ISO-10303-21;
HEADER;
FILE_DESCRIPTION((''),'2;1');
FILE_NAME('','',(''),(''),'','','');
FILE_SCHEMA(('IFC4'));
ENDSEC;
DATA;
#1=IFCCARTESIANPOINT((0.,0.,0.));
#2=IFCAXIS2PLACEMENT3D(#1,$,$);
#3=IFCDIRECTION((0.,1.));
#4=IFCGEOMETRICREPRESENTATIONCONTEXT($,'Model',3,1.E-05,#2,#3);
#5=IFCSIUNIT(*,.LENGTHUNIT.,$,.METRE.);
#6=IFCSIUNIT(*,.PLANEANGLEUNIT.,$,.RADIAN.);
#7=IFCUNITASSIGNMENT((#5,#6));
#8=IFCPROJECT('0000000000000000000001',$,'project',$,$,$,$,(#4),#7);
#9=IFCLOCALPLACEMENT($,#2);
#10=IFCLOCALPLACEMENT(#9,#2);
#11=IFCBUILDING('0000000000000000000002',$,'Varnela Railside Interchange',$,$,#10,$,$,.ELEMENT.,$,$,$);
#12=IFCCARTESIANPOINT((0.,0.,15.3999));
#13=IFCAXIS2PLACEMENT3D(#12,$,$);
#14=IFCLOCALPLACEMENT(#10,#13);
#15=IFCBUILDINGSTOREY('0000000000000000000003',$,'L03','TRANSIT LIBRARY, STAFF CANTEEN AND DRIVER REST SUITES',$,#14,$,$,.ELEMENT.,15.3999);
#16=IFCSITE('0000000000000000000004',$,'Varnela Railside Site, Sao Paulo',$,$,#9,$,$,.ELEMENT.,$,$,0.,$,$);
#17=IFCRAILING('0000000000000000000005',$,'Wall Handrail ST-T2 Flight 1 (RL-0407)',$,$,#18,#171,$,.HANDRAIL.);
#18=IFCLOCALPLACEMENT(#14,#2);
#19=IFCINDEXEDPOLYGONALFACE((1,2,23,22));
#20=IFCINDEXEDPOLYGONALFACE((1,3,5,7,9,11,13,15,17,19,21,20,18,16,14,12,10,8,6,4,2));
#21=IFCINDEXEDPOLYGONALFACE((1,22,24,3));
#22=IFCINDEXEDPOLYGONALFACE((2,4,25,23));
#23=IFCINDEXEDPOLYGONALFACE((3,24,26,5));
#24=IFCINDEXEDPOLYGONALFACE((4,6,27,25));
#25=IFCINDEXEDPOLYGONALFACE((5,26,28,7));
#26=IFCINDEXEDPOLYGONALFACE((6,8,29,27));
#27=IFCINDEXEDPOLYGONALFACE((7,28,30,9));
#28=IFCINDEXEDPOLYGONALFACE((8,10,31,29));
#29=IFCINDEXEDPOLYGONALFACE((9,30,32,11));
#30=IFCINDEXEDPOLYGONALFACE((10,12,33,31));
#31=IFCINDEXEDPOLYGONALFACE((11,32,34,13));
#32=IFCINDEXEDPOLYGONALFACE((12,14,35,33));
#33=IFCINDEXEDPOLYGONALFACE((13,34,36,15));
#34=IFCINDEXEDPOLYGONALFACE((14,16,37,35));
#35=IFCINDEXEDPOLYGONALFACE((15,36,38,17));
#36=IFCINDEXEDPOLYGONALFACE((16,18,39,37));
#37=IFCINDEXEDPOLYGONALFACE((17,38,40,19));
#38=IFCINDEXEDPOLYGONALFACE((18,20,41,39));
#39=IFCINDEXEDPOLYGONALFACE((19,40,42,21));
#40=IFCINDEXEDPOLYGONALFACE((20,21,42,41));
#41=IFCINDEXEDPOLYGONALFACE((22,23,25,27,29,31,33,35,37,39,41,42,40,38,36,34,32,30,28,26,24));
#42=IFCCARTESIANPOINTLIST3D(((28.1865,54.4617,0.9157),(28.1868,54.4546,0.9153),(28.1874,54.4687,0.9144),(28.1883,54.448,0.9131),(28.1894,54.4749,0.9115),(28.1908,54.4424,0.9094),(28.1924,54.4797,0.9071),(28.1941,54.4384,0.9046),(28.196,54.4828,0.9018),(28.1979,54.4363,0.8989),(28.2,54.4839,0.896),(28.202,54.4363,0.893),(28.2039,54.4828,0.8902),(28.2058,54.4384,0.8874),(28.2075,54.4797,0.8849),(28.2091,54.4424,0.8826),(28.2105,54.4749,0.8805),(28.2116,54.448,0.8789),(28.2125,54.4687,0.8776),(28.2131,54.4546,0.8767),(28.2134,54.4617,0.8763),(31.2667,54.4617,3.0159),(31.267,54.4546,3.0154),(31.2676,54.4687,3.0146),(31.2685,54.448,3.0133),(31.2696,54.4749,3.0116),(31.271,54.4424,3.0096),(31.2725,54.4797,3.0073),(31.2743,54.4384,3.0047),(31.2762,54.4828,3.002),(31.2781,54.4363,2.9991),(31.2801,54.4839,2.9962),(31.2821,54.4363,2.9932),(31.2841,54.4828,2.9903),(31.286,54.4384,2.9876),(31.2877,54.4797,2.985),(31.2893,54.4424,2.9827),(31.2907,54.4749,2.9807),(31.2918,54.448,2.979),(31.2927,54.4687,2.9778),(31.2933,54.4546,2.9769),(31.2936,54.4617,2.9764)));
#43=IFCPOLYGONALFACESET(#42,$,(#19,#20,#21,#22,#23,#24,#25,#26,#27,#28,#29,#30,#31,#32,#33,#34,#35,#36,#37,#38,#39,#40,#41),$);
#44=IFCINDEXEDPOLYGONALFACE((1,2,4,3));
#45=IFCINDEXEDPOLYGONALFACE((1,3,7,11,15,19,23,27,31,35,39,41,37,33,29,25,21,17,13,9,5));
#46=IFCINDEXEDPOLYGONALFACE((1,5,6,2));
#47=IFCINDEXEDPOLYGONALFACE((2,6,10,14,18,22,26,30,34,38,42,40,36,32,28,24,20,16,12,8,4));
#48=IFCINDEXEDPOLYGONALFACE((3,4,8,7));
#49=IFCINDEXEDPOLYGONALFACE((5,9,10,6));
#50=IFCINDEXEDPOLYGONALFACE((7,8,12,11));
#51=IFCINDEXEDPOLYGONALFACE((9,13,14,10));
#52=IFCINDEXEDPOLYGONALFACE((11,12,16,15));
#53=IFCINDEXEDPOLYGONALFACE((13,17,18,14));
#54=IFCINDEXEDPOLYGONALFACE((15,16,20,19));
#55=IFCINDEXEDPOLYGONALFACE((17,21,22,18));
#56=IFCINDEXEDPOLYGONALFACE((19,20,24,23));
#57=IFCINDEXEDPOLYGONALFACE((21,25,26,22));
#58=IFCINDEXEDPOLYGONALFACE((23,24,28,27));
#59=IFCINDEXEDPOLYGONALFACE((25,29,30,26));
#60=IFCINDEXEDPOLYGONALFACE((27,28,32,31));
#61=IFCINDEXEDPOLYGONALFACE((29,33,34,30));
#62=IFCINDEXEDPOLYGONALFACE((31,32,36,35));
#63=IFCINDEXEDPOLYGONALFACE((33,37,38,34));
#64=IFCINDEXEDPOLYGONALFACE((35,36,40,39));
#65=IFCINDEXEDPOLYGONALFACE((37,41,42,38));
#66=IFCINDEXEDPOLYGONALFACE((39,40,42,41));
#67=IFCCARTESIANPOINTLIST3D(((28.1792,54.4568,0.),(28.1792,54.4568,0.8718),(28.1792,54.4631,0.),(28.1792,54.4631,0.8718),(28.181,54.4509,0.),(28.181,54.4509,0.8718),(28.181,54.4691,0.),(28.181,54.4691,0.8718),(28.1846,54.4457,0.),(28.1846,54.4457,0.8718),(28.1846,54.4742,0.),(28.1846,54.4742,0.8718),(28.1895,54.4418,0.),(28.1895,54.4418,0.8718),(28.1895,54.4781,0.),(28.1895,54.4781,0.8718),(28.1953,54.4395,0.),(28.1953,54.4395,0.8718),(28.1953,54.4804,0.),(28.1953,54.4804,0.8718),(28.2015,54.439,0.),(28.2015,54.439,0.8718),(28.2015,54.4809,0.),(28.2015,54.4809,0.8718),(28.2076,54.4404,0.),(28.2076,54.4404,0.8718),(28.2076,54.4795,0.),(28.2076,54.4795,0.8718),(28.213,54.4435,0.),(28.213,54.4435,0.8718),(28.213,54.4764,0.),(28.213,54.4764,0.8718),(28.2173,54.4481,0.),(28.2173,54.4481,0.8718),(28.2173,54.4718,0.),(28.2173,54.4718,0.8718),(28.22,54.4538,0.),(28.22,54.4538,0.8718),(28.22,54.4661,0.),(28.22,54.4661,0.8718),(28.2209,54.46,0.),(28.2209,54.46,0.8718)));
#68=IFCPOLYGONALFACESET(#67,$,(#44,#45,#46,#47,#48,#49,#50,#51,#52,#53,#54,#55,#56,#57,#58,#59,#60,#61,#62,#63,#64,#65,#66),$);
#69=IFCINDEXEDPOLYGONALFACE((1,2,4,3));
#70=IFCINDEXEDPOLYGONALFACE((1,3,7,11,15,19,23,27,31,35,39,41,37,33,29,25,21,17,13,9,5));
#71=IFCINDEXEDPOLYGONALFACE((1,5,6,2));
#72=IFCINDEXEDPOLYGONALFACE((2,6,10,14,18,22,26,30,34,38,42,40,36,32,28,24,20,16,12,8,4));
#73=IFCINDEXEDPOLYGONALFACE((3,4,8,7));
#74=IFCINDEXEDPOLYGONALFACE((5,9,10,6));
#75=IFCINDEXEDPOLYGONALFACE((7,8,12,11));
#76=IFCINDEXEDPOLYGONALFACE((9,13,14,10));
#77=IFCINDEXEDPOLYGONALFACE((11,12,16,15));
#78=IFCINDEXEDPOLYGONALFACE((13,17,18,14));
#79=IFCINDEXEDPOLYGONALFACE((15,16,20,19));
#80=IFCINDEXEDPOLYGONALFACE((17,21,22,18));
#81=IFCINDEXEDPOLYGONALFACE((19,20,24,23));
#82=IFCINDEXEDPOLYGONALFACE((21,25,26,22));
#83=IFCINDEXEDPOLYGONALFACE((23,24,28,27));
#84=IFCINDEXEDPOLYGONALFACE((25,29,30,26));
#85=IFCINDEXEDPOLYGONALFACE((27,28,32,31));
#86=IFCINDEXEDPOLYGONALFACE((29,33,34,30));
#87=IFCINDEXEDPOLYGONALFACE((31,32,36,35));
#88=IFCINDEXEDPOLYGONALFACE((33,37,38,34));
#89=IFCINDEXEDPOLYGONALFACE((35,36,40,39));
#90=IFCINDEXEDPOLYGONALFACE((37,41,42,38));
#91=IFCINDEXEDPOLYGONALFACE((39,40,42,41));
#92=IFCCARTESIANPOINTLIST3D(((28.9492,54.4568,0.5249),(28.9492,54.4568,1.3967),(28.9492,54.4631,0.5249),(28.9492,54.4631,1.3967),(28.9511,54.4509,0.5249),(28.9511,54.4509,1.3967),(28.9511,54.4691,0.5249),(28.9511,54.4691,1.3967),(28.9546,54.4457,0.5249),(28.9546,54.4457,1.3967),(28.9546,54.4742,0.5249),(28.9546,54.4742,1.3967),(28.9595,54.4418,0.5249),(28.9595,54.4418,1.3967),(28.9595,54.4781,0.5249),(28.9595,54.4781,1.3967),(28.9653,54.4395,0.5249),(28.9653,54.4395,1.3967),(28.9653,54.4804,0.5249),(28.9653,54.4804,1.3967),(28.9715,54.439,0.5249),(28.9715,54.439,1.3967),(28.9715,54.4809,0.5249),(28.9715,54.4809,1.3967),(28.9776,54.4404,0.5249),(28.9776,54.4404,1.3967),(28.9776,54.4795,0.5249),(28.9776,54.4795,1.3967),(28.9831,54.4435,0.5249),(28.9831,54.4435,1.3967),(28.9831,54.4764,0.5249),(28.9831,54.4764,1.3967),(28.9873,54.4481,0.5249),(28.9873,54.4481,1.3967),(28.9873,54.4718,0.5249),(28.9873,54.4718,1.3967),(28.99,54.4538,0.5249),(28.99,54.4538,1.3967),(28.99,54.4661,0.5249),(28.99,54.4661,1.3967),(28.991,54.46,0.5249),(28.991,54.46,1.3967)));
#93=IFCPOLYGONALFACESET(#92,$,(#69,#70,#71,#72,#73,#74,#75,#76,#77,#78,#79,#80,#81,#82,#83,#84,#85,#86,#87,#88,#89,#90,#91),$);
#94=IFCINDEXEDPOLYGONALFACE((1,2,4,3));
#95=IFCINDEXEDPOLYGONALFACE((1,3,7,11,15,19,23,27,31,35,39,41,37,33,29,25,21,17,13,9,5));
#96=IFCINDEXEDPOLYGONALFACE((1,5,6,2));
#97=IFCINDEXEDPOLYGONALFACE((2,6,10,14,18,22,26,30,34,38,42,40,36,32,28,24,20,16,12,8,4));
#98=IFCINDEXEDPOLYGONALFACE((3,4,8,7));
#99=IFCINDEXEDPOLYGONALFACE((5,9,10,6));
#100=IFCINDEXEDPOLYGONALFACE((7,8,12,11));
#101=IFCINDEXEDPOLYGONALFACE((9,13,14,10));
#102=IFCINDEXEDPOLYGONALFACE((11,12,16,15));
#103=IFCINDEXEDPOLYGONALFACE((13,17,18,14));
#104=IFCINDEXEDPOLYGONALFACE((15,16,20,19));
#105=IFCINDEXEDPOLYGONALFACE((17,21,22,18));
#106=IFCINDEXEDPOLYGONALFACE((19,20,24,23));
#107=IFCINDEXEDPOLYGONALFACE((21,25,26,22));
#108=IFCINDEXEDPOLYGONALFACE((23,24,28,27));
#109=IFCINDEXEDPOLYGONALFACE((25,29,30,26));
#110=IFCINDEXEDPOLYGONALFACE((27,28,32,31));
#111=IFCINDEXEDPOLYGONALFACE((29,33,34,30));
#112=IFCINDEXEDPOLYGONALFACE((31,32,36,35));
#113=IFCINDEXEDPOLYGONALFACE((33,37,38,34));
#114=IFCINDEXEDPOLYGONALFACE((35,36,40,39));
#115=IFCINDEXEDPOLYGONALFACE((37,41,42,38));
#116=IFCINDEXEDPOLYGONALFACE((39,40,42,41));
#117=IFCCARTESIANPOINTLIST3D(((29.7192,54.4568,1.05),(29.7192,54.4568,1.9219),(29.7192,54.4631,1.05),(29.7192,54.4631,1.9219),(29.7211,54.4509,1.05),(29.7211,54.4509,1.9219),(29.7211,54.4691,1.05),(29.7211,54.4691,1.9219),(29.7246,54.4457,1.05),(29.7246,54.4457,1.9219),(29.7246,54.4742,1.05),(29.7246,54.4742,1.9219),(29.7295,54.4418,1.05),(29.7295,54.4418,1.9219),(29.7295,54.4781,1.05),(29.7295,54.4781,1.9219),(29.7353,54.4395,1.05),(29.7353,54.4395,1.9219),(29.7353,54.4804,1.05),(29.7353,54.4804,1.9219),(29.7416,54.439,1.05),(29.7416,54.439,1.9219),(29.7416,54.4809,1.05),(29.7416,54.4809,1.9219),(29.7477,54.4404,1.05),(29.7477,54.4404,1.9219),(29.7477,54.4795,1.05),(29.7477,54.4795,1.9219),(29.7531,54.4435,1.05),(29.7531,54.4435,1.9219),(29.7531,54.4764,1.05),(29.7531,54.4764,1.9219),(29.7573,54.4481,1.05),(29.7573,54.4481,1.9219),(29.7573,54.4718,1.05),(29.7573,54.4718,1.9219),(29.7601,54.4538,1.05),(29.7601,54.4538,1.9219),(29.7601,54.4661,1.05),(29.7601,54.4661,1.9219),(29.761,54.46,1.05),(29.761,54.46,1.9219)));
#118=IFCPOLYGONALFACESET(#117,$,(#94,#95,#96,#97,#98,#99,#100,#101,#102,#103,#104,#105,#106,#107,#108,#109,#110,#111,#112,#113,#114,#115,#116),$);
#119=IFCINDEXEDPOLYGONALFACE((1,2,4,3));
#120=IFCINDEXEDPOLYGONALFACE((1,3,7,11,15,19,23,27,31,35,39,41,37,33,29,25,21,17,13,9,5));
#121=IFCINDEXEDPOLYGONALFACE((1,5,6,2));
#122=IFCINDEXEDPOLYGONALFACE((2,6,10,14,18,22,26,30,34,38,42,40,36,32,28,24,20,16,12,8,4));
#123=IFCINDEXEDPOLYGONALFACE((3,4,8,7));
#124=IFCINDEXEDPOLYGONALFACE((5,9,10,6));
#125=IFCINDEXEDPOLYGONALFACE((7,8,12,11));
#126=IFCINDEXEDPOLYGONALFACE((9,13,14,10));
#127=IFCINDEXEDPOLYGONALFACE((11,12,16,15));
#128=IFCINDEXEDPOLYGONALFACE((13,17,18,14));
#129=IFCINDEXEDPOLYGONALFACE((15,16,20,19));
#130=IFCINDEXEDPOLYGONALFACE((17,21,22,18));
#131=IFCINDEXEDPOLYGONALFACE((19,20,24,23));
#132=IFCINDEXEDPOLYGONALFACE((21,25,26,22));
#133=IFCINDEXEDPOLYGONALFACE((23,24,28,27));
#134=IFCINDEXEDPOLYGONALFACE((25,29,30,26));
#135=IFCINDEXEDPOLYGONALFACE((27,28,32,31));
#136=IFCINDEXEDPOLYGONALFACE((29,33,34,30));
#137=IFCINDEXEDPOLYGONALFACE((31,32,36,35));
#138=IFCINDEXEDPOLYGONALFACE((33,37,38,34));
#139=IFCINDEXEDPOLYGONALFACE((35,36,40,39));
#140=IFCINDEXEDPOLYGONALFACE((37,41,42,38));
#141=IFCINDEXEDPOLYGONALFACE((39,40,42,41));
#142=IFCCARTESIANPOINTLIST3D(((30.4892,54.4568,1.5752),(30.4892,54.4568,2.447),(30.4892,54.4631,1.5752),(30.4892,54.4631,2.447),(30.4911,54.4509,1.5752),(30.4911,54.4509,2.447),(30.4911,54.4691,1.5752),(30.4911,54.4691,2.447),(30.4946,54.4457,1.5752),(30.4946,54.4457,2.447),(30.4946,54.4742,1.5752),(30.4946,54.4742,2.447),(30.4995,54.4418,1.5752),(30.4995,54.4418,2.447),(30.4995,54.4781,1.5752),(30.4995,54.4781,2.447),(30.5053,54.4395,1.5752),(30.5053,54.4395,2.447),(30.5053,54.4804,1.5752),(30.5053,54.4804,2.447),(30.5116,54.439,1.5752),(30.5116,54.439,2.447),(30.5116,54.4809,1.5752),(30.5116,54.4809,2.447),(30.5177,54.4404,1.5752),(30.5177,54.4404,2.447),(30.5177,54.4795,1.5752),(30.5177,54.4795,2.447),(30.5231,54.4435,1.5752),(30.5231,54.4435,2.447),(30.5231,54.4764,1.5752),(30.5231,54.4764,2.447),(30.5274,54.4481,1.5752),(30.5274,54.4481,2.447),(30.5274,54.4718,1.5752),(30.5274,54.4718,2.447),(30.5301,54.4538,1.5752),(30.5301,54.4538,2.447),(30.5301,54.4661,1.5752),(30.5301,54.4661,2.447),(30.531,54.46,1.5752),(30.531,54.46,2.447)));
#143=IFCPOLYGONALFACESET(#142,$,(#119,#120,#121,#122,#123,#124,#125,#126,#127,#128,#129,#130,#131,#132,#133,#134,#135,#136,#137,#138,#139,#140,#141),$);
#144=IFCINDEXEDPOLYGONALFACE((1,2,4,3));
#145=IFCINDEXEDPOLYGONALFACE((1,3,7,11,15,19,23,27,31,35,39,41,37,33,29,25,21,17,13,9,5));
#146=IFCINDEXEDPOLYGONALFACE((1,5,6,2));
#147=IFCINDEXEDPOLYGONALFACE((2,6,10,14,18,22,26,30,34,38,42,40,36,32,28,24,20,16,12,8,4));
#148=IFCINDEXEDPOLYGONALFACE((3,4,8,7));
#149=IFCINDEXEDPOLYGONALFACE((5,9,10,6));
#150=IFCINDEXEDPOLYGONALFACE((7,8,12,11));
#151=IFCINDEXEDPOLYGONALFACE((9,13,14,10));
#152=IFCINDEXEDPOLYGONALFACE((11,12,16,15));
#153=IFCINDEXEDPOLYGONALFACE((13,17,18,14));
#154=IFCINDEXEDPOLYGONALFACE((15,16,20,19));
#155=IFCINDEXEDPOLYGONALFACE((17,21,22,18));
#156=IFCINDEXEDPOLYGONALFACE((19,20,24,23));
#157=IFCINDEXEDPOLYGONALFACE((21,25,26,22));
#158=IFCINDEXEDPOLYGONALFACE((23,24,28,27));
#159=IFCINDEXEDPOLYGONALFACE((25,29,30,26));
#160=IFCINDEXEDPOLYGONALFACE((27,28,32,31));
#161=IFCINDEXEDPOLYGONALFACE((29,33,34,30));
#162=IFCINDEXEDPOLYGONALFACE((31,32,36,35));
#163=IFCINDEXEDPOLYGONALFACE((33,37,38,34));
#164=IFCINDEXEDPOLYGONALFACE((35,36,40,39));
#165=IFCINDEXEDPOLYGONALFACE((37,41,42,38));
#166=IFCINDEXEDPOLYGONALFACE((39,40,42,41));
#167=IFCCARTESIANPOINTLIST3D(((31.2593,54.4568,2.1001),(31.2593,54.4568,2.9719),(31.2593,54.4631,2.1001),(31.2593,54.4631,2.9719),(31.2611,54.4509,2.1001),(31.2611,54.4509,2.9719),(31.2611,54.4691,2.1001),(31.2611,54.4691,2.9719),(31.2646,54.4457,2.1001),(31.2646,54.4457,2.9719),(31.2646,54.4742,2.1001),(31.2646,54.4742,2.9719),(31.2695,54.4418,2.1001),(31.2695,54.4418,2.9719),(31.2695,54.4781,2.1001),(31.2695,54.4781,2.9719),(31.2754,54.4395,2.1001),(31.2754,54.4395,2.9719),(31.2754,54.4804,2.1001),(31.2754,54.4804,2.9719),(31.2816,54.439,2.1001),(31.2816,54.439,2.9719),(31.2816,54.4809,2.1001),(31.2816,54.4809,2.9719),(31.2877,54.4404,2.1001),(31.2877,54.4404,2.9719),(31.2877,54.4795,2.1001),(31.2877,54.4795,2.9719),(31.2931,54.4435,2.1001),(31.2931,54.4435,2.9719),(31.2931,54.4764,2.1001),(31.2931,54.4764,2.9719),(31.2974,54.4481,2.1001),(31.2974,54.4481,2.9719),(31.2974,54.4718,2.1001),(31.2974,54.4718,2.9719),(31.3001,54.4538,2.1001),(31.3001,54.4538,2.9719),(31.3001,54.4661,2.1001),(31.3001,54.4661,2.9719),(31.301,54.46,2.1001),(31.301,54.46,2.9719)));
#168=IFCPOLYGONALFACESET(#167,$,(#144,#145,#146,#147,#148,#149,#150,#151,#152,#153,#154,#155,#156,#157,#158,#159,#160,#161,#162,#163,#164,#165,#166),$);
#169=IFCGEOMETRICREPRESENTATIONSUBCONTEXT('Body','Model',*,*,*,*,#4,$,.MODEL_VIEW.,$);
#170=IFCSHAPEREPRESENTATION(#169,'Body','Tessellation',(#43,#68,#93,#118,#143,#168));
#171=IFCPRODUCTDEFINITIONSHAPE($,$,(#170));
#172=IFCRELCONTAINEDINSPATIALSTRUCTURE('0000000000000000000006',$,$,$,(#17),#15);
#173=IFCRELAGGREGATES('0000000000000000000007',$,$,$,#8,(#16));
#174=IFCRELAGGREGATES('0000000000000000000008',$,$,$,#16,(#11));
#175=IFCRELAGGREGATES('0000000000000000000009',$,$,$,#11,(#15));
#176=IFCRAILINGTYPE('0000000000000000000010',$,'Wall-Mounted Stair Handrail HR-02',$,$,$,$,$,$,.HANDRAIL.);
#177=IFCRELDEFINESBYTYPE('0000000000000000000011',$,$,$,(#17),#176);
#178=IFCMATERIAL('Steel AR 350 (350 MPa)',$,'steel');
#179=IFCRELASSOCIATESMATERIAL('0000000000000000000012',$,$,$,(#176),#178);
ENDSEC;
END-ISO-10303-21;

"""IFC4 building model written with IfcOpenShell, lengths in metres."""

from ifc_helpers import new_model, si_unit, direction, frame, origin, origin_2d, place, context, subcontext, project, spatial, circle, extrude, material, type_object, element, save


model = new_model("IFC4")

# Units and contexts
model_context = context("Model", 3, precision=1e-05, world=origin(), true_north=direction((0.0, 1.0)))
body_context = subcontext(model_context, "Body", "Model", "MODEL_VIEW")
ifc_project = project(units=[si_unit("LENGTHUNIT", "METRE"), si_unit("PLANEANGLEUNIT", "RADIAN")], contexts=[model_context])

# Site, building, storey
site_placement = place(None, origin())
site = spatial("IfcSite", under=ifc_project, at=site_placement, Name="Varnela Railside Site, Sao Paulo", CompositionType="ELEMENT", RefElevation=0.0)
building_placement = place(site_placement, origin())
building = spatial("IfcBuilding", under=site, at=building_placement, Name="Varnela Railside Interchange", CompositionType="ELEMENT")
storey_placement = place(building_placement, frame((0.0, 0.0, 15.3999)))
storey = spatial("IfcBuildingStorey", under=building, at=storey_placement, Name="L03", Description="TRANSIT LIBRARY, STAFF CANTEEN AND DRIVER REST SUITES", CompositionType="ELEMENT", Elevation=15.3999)

# Shared definitions
ifc_material_1 = material(Name="Steel AR 350 (350 MPa)", Category="steel")

# Railing
railing_type_1 = type_object("IfcRailingType", Name="Wall-Mounted Stair Handrail HR-02", PredefinedType="HANDRAIL", material=ifc_material_1)
railing_1_placement = place(storey_placement, frame((28.2, 54.46, 0.0)))
element("IfcRailing", 1, at=railing_1_placement, inside=storey, type_object=railing_type_1, Name="Wall Handrail ST-T2 Flight 1 (RL-0407)", PredefinedType="HANDRAIL", context=body_context, shape_type="SweptSolid", body=[
    extrude(circle(Radius=0.0239, at=origin_2d()), frame((0.0, 0.0, 0.896), z_axis=(0.826222, 0.0, 0.563345), x_axis=(0.0, 1.0, 0.0)), (0.0, 0.0, 1.0), 3.728),
    extrude(circle(Radius=0.021, at=origin_2d()), origin(), (0.0, 0.0, 1.0), 0.8718),
    extrude(circle(Radius=0.021, at=origin_2d()), frame((0.77, 0.0, 0.5249)), (0.0, 0.0, 1.0), 0.8718),
    extrude(circle(Radius=0.021, at=origin_2d()), frame((1.54, 0.0, 1.05)), (0.0, 0.0, 1.0), 0.8718),
    extrude(circle(Radius=0.021, at=origin_2d()), frame((2.3101, 0.0, 1.5752)), (0.0, 0.0, 1.0), 0.8718),
    extrude(circle(Radius=0.021, at=origin_2d()), frame((3.0801, 0.0, 2.1001)), (0.0, 0.0, 1.0), 0.8718),
])

save(model, "model.ifc")
